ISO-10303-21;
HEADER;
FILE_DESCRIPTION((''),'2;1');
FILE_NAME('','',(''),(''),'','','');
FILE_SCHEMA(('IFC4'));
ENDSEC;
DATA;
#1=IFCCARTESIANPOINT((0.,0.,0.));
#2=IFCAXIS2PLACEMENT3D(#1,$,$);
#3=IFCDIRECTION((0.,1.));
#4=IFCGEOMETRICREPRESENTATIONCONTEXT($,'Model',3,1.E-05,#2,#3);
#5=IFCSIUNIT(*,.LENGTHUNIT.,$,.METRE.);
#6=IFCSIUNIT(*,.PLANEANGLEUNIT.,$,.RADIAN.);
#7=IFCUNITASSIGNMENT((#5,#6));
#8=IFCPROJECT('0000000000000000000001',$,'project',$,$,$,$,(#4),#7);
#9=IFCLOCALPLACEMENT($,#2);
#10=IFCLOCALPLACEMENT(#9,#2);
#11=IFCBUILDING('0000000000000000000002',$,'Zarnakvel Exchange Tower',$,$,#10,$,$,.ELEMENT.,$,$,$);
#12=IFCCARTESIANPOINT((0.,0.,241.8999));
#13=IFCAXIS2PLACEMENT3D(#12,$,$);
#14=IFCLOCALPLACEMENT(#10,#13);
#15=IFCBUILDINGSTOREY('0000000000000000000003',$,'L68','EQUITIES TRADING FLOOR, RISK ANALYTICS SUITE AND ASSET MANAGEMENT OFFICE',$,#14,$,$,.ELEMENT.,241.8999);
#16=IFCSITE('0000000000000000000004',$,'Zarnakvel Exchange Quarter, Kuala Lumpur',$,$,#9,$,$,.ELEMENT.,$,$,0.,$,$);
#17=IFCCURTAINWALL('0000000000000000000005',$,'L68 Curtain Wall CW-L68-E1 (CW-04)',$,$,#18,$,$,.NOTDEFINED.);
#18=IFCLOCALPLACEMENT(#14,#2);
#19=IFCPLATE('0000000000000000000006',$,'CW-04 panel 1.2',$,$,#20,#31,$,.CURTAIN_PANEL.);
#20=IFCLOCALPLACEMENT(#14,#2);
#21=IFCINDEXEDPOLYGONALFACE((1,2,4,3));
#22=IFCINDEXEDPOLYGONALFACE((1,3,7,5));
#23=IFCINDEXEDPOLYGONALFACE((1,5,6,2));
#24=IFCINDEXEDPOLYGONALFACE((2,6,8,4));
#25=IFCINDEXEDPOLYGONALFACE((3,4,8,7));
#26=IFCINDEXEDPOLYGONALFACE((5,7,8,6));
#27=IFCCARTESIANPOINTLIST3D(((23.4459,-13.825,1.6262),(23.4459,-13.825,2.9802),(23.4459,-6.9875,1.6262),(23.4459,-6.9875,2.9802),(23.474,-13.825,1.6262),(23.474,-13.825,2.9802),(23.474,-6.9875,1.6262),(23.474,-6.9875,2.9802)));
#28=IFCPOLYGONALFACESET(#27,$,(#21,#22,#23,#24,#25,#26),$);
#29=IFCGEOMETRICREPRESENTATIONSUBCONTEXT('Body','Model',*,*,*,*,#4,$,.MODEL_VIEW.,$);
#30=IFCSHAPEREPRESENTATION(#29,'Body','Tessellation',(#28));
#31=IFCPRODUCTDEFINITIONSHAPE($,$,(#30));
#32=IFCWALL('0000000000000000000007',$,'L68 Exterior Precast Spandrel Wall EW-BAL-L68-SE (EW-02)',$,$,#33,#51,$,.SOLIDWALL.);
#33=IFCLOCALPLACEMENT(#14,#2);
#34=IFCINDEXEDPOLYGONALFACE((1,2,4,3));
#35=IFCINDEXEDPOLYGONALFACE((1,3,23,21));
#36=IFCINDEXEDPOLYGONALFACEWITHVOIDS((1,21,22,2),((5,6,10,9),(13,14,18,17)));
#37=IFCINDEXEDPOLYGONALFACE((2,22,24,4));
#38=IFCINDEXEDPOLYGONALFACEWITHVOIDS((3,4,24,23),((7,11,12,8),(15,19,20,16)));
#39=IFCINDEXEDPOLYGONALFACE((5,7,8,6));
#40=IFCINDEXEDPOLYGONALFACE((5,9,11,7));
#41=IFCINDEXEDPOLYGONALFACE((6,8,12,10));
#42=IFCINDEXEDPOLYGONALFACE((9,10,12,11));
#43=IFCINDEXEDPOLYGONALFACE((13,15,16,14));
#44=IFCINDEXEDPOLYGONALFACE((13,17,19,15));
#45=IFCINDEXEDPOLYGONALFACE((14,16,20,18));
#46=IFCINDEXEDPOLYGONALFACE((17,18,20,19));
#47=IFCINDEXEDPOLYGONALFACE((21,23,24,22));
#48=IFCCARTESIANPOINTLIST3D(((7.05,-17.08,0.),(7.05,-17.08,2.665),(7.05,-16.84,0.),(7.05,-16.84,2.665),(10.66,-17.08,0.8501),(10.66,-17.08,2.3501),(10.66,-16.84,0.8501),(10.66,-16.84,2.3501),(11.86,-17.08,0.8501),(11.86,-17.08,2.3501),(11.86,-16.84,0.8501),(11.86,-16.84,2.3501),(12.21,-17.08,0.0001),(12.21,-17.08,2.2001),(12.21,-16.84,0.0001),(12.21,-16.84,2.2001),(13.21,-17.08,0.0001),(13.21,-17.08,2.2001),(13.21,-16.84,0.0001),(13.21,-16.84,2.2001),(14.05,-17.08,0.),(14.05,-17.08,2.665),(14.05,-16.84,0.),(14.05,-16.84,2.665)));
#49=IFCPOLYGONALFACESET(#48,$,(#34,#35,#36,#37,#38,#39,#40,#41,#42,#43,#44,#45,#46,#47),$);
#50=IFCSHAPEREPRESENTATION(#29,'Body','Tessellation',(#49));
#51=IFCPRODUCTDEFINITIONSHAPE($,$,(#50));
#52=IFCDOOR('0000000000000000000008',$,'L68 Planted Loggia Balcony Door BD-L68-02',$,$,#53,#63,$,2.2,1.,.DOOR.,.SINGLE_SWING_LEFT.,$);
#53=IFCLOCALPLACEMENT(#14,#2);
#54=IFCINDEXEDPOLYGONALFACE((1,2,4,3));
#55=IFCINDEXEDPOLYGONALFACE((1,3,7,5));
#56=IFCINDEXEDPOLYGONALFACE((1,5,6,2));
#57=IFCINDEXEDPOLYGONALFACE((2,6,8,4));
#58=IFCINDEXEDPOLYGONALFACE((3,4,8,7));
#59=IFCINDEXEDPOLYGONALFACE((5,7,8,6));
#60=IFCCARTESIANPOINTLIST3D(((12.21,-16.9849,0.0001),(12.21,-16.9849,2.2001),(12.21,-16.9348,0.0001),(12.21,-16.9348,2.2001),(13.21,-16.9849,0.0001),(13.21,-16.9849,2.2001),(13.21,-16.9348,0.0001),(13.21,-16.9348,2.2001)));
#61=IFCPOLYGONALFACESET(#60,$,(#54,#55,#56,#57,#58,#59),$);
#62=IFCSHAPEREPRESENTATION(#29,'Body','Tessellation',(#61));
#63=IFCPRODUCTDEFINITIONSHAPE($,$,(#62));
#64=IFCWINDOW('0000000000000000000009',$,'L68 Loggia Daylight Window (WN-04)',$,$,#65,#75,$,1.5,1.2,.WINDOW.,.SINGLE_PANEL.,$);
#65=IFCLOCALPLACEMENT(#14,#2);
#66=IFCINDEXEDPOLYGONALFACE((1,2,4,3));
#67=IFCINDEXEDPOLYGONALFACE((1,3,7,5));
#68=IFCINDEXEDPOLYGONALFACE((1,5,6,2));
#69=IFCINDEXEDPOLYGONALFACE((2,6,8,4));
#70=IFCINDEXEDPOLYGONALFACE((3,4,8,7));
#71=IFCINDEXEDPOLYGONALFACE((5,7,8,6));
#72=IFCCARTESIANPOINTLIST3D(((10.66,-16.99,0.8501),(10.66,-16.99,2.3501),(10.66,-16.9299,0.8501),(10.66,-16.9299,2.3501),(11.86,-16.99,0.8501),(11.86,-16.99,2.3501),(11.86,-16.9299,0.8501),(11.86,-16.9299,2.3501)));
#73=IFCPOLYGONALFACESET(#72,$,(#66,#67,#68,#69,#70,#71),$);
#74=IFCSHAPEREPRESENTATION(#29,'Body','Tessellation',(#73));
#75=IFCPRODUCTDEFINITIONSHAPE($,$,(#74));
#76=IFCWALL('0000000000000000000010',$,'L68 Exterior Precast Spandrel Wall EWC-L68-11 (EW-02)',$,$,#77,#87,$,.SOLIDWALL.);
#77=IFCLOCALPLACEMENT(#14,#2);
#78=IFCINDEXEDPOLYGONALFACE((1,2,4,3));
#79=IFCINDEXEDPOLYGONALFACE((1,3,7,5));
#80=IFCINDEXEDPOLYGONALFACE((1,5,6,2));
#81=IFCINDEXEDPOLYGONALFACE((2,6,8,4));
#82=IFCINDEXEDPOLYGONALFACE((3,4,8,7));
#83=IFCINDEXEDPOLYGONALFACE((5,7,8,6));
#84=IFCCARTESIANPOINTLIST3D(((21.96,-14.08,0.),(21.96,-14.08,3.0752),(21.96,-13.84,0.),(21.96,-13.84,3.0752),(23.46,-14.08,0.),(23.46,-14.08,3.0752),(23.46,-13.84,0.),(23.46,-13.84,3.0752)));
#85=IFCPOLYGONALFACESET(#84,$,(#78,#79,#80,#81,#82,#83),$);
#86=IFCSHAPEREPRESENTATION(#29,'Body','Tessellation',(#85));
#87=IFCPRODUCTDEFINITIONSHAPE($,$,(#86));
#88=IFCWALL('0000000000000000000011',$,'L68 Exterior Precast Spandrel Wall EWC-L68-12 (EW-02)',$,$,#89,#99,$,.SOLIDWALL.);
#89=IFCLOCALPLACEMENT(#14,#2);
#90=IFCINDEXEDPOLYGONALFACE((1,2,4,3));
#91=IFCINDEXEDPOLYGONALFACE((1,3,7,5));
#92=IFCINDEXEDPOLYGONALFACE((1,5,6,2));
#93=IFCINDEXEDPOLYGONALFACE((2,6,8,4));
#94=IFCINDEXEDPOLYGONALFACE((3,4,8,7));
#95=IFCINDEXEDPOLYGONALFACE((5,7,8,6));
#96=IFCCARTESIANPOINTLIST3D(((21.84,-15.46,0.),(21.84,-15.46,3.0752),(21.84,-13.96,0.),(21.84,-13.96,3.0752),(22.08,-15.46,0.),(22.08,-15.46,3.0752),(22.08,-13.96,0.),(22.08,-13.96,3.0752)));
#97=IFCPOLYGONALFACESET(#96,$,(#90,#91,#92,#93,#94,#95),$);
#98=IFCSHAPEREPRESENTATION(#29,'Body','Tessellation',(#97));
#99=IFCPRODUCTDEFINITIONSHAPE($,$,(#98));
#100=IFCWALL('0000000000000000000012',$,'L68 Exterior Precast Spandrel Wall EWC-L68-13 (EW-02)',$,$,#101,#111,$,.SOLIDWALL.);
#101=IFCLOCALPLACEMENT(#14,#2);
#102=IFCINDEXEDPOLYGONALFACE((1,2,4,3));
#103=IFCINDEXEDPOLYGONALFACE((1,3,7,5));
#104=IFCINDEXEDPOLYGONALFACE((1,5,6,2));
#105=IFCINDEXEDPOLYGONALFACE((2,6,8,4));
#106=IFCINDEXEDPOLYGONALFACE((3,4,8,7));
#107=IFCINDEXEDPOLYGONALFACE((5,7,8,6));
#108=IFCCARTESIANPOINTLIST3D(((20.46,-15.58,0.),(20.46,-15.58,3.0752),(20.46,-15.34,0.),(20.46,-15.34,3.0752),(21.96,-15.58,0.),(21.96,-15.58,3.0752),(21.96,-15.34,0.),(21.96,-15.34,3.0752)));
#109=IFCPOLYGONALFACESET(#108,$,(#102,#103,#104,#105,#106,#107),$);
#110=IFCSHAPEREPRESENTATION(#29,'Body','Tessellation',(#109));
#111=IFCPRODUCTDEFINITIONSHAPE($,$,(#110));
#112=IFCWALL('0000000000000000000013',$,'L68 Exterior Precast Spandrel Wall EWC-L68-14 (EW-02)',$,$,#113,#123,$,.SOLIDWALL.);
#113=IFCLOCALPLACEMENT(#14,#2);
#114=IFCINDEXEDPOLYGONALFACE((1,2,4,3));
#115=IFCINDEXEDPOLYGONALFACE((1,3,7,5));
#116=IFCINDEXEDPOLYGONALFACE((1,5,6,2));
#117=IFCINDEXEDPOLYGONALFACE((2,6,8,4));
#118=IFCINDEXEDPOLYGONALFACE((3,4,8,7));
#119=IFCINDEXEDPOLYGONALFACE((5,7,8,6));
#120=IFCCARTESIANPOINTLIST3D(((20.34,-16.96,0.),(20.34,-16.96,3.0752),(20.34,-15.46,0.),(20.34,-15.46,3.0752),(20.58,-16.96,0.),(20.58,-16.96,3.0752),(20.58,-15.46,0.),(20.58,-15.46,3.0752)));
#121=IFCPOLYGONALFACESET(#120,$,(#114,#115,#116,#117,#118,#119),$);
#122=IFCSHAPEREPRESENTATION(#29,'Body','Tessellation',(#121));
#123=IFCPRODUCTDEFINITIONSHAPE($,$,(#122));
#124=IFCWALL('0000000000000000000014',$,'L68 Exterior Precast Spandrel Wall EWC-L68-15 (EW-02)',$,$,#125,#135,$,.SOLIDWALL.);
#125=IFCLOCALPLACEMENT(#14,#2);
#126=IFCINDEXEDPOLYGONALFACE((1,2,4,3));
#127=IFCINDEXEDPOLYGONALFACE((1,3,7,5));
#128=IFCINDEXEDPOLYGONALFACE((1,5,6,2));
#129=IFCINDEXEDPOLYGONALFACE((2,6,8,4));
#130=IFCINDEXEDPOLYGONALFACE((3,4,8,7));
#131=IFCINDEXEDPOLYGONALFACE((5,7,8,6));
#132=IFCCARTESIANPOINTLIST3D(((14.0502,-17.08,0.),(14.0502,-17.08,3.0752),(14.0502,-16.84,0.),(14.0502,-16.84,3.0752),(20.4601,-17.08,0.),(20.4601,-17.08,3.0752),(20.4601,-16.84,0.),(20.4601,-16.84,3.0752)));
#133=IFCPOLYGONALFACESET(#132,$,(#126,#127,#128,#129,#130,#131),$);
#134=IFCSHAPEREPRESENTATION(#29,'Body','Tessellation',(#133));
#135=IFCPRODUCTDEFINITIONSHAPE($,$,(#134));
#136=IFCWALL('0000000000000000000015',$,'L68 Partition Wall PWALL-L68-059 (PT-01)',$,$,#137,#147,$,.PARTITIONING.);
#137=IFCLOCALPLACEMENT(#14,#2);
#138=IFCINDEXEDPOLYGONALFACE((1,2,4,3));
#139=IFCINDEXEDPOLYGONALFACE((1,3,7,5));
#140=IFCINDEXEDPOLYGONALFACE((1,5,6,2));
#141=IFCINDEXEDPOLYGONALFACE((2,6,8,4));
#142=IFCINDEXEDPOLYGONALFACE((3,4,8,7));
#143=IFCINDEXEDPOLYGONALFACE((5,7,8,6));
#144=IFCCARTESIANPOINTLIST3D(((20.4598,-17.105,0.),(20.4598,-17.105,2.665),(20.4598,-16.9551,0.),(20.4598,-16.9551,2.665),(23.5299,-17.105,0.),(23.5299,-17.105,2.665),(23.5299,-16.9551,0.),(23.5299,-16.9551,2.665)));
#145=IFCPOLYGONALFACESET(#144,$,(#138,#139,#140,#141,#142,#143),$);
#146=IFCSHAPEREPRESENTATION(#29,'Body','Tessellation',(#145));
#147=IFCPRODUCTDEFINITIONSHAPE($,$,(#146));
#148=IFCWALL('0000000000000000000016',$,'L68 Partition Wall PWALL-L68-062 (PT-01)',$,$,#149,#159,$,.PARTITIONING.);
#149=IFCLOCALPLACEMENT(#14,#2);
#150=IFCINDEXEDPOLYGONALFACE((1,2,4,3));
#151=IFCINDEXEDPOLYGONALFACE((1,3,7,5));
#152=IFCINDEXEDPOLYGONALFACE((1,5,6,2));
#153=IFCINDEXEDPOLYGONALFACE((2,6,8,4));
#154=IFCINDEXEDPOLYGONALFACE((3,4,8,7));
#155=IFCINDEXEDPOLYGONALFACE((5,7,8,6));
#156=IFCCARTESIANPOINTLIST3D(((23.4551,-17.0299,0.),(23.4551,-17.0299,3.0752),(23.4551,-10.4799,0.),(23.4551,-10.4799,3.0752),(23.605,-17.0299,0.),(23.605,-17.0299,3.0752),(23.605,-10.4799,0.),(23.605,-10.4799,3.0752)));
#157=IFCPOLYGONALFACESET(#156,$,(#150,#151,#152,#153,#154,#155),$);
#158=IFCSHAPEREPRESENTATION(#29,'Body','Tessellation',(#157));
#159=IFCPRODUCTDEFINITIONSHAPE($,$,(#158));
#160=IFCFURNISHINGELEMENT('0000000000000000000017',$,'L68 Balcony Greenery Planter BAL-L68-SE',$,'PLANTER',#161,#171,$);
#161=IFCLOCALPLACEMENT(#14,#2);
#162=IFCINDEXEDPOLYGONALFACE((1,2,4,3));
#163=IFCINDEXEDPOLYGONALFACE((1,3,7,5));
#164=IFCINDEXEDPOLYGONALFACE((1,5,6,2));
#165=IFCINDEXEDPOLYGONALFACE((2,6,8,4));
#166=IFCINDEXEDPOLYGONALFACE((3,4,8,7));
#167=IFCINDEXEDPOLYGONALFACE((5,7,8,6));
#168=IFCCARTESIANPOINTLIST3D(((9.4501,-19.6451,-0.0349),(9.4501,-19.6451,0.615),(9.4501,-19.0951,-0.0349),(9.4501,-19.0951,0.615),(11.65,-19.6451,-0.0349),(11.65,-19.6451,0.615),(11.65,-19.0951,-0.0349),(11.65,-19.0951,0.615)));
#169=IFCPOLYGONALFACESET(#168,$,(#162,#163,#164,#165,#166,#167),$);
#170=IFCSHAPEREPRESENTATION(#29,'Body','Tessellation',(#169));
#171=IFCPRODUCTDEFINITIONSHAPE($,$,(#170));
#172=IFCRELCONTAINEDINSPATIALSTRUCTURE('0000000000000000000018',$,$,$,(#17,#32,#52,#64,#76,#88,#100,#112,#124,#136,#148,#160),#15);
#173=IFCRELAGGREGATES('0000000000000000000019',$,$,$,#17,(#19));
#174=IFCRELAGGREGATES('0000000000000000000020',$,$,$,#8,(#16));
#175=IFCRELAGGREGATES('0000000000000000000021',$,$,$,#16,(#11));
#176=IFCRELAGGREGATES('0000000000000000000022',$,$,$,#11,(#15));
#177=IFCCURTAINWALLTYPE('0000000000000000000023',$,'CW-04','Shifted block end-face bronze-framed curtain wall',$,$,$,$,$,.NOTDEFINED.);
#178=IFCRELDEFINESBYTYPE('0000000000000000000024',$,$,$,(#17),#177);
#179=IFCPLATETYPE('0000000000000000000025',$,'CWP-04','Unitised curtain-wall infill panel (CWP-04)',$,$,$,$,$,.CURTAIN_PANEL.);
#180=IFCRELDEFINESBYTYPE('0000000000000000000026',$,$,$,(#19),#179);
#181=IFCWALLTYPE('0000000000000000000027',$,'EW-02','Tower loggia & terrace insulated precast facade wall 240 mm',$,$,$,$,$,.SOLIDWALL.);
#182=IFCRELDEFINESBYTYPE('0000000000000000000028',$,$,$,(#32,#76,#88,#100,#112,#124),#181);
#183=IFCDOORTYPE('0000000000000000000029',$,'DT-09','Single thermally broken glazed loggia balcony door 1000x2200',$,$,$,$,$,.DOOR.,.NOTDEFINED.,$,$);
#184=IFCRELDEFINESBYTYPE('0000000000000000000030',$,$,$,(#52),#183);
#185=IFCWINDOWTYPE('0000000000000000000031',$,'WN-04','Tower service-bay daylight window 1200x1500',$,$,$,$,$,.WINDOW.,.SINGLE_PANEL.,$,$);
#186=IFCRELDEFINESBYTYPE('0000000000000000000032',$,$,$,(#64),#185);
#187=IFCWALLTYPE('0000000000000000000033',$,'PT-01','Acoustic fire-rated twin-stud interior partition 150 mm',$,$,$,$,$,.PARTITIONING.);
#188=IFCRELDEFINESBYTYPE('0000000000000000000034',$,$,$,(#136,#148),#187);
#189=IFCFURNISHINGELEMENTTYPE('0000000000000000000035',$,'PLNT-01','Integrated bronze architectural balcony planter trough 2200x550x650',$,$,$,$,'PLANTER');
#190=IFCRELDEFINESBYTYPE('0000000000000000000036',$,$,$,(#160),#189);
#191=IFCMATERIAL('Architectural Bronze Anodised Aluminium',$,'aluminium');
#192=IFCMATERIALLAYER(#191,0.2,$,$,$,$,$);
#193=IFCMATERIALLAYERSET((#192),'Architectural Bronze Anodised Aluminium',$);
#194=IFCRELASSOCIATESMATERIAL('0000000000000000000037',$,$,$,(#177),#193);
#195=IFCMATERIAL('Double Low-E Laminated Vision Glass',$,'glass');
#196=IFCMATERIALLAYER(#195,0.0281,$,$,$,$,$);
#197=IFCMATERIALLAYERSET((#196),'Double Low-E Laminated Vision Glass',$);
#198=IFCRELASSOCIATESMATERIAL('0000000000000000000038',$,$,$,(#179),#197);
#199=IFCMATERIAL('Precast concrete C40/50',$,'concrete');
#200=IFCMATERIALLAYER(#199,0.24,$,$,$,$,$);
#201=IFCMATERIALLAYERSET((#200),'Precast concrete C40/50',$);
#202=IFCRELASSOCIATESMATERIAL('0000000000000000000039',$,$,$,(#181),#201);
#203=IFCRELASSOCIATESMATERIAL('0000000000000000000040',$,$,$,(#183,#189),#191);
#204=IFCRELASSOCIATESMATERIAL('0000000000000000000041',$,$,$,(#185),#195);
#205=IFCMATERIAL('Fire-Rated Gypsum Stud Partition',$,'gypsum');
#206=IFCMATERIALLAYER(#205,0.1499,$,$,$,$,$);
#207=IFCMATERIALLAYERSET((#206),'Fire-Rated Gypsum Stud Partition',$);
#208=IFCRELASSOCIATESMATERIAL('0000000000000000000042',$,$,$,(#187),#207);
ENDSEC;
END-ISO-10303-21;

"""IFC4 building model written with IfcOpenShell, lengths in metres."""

from ifc_helpers import new_model, si_unit, direction, frame, frame_2d, origin, origin_2d, place, context, subcontext, project, spatial, rectangle, extrude, source, transform, mapped, material, layer, layer_set, type_object, element, fill, aggregate, save


model = new_model("IFC4")

# Units and contexts
model_context = context("Model", 3, precision=1e-05, world=origin(), true_north=direction((0.0, 1.0)))
body_context = subcontext(model_context, "Body", "Model", "MODEL_VIEW")
ifc_project = project(units=[si_unit("LENGTHUNIT", "METRE"), si_unit("PLANEANGLEUNIT", "RADIAN")], contexts=[model_context])

# Site, building, storey
site_placement = place(None, origin())
site = spatial("IfcSite", under=ifc_project, at=site_placement, Name="Zarnakvel Exchange Quarter, Kuala Lumpur", CompositionType="ELEMENT", RefElevation=0.0)
building_placement = place(site_placement, origin())
building = spatial("IfcBuilding", under=site, at=building_placement, Name="Zarnakvel Exchange Tower", CompositionType="ELEMENT")
storey_placement = place(building_placement, frame((0.0, 0.0, 241.8999)))
storey = spatial("IfcBuildingStorey", under=building, at=storey_placement, Name="L68", Description="EQUITIES TRADING FLOOR, RISK ANALYTICS SUITE AND ASSET MANAGEMENT OFFICE", CompositionType="ELEMENT", Elevation=241.8999)

# Curtain wall, plate
ifc_material_1 = material(Name="Architectural Bronze Anodised Aluminium", Category="aluminium")
ifc_layer_1 = layer(ifc_material_1, 0.2)
ifc_layer_set_1 = layer_set([ifc_layer_1], Name="Architectural Bronze Anodised Aluminium")
curtain_wall_type = type_object("IfcCurtainWallType", Name="CW-04", Description="Shifted block end-face bronze-framed curtain wall", PredefinedType="NOTDEFINED", material=ifc_layer_set_1)
curtain_wall_placement = place(storey_placement, origin())
curtain_wall = element("IfcCurtainWall", 1, at=curtain_wall_placement, inside=storey, type_object=curtain_wall_type, Name="L68 Curtain Wall CW-L68-E1 (CW-04)", PredefinedType="NOTDEFINED")
ifc_material_2 = material(Name="Double Low-E Laminated Vision Glass", Category="glass")
ifc_layer_2 = layer(ifc_material_2, 0.0281)
ifc_layer_set_2 = layer_set([ifc_layer_2], Name="Double Low-E Laminated Vision Glass")
plate_type = type_object("IfcPlateType", Name="CWP-04", Description="Unitised curtain-wall infill panel (CWP-04)", PredefinedType="CURTAIN_PANEL", material=ifc_layer_set_2)
shared_shape_1 = source(origin(), body_context, "Body", "SweptSolid", [
    extrude(rectangle(XDim=6.8374, YDim=0.0281, at=origin_2d()), origin(), (0.0, 0.0, 1.0), 1.354),
])
plate_1_placement = place(storey_placement, frame((23.46, -10.4062, 1.6262), z_axis=(0.0, 0.0, 1.0), x_axis=(0.0, 1.0, 0.0)))
plate_1 = element("IfcPlate", 2, at=plate_1_placement, type_object=plate_type, Name="CW-04 panel 1.2", PredefinedType="CURTAIN_PANEL", context=body_context, shape_type="MappedRepresentation", body=[
    mapped(shared_shape_1, transform((0.0, 0.0, 0.0), x_axis=(1.0, 0.0, 0.0), y_axis=(0.0, 1.0, 0.0), z_axis=(0.0, 0.0, 1.0), scale=1.0)),
])
aggregate(curtain_wall, [plate_1])

# Wall, openings, door, window
ifc_material_3 = material(Name="Precast concrete C40/50", Category="concrete")
ifc_layer_3 = layer(ifc_material_3, 0.24)
ifc_layer_set_3 = layer_set([ifc_layer_3], Name="Precast concrete C40/50")
wall_type_1 = type_object("IfcWallType", Name="EW-02", Description="Tower loggia & terrace insulated precast facade wall 240 mm", PredefinedType="SOLIDWALL", material=ifc_layer_set_3)
wall_1_placement = place(storey_placement, frame((14.05, -16.96, 0.0), z_axis=(0.0, 0.0, 1.0), x_axis=(-1.0, 0.0, 0.0)))
wall_1 = element("IfcWall", 3, at=wall_1_placement, inside=storey, type_object=wall_type_1, Name="L68 Exterior Precast Spandrel Wall EW-BAL-L68-SE (EW-02)", PredefinedType="SOLIDWALL", context=body_context, shape_type="SweptSolid", body=[
    extrude(rectangle(XDim=7.0, YDim=0.24, at=frame_2d((3.5, 0.0))), origin(), (0.0, 0.0, 1.0), 2.665),
])
opening_1_placement = place(wall_1_placement, frame((0.8401, 0.0, 0.0)))
opening_1 = element("IfcOpeningElement", 4, at=opening_1_placement, cuts=wall_1, PredefinedType="OPENING", context=body_context, shape_type="SweptSolid", body=[
    extrude(rectangle(XDim=1.0, YDim=2.2, at=frame_2d((0.5, 1.1001))), frame((0.0, 0.1299, 0.0), z_axis=(0.0, -1.0, 0.0), x_axis=(1.0, 0.0, 0.0)), (0.0, 0.0, 1.0), 0.26),
])
opening_2_placement = place(wall_1_placement, frame((2.1899, 0.0, 0.8501)))
opening_2 = element("IfcOpeningElement", 5, at=opening_2_placement, cuts=wall_1, PredefinedType="OPENING", context=body_context, shape_type="SweptSolid", body=[
    extrude(rectangle(XDim=1.2, YDim=1.5, at=frame_2d((0.6001, 0.75))), frame((0.0, 0.1299, 0.0), z_axis=(0.0, -1.0, 0.0), x_axis=(1.0, 0.0, 0.0)), (0.0, 0.0, 1.0), 0.26),
])
door_type = type_object("IfcDoorType", Name="DT-09", Description="Single thermally broken glazed loggia balcony door 1000x2200", OperationType="NOTDEFINED", PredefinedType="DOOR", material=ifc_material_1)
shared_shape_2 = source(origin(), body_context, "Body", "SweptSolid", [
    extrude(rectangle(XDim=1.0, YDim=2.2, at=frame_2d((0.5, 1.1001))), frame((0.0, 0.0249, 0.0), z_axis=(0.0, -1.0, 0.0), x_axis=(1.0, 0.0, 0.0)), (0.0, 0.0, 1.0), 0.05),
])
door_placement = place(opening_1_placement, origin())
door = element("IfcDoor", 6, at=door_placement, inside=storey, type_object=door_type, Name="L68 Planted Loggia Balcony Door BD-L68-02", OperationType="SINGLE_SWING_LEFT", OverallHeight=2.2, OverallWidth=1.0, PredefinedType="DOOR", context=body_context, shape_type="MappedRepresentation", body=[
    mapped(shared_shape_2, transform((0.0, 0.0, 0.0), x_axis=(1.0, 0.0, 0.0), y_axis=(0.0, 1.0, 0.0), z_axis=(0.0, 0.0, 1.0), scale=1.0)),
])
fill(opening_1, door)
window_type = type_object("IfcWindowType", Name="WN-04", Description="Tower service-bay daylight window 1200x1500", PartitioningType="SINGLE_PANEL", PredefinedType="WINDOW", material=ifc_material_2)
shared_shape_3 = source(origin(), body_context, "Body", "SweptSolid", [
    extrude(rectangle(XDim=1.2, YDim=1.5, at=frame_2d((0.6001, 0.75))), frame((0.0, 0.03, 0.0), z_axis=(0.0, -1.0, 0.0), x_axis=(1.0, 0.0, 0.0)), (0.0, 0.0, 1.0), 0.0601),
])
window_placement = place(opening_2_placement, origin())
window = element("IfcWindow", 7, at=window_placement, inside=storey, type_object=window_type, Name="L68 Loggia Daylight Window (WN-04)", OverallHeight=1.5, OverallWidth=1.2, PartitioningType="SINGLE_PANEL", PredefinedType="WINDOW", context=body_context, shape_type="MappedRepresentation", body=[
    mapped(shared_shape_3, transform((0.0, 0.0, 0.0), x_axis=(1.0, 0.0, 0.0), y_axis=(0.0, 1.0, 0.0), z_axis=(0.0, 0.0, 1.0), scale=1.0)),
])
fill(opening_2, window)

# Walls
for number, where, z_axis, x_axis, name in (
    (8, (21.96, -13.96, 0.0), (0.0, 0.0, 1.0), (1.0, 0.0, 0.0), "L68 Exterior Precast Spandrel Wall EWC-L68-11 (EW-02)"),
    (9, (21.96, -15.46, 0.0), (0.0, 0.0, 1.0), (0.0, 1.0, 0.0), "L68 Exterior Precast Spandrel Wall EWC-L68-12 (EW-02)"),
    (10, (20.46, -15.46, 0.0), (0.0, 0.0, 1.0), (1.0, 0.0, 0.0), "L68 Exterior Precast Spandrel Wall EWC-L68-13 (EW-02)"),
    (11, (20.46, -16.96, 0.0), (0.0, 0.0, 1.0), (0.0, 1.0, 0.0), "L68 Exterior Precast Spandrel Wall EWC-L68-14 (EW-02)"),
):
    element("IfcWall", number, at=place(storey_placement, frame(where, z_axis=z_axis, x_axis=x_axis)), inside=storey, type_object=wall_type_1, Name=name, PredefinedType="SOLIDWALL", context=body_context, shape_type="SweptSolid", body=[
        extrude(rectangle(XDim=1.5, YDim=0.24, at=frame_2d((0.75, 0.0))), origin(), (0.0, 0.0, 1.0), 3.0752),
    ])
wall_2_placement = place(storey_placement, frame((14.05, -16.96, 0.0), z_axis=(0.0, 0.0, 1.0), x_axis=(1.0, 0.0, 0.0)))
element("IfcWall", 12, at=wall_2_placement, inside=storey, type_object=wall_type_1, Name="L68 Exterior Precast Spandrel Wall EWC-L68-15 (EW-02)", PredefinedType="SOLIDWALL", context=body_context, shape_type="SweptSolid", body=[
    extrude(rectangle(XDim=6.4099, YDim=0.24, at=frame_2d((3.2051, 0.0))), origin(), (0.0, 0.0, 1.0), 3.0752),
])
ifc_material_4 = material(Name="Fire-Rated Gypsum Stud Partition", Category="gypsum")
ifc_layer_4 = layer(ifc_material_4, 0.1499)
ifc_layer_set_4 = layer_set([ifc_layer_4], Name="Fire-Rated Gypsum Stud Partition")
wall_type_2 = type_object("IfcWallType", Name="PT-01", Description="Acoustic fire-rated twin-stud interior partition 150 mm", PredefinedType="PARTITIONING", material=ifc_layer_set_4)
wall_3_placement = place(storey_placement, frame((23.53, -17.03, 0.0), z_axis=(0.0, 0.0, 1.0), x_axis=(-1.0, 0.0, 0.0)))
element("IfcWall", 13, at=wall_3_placement, inside=storey, type_object=wall_type_2, Name="L68 Partition Wall PWALL-L68-059 (PT-01)", PredefinedType="PARTITIONING", context=body_context, shape_type="SweptSolid", body=[
    extrude(rectangle(XDim=3.0701, YDim=0.1499, at=frame_2d((1.5352, 0.0))), origin(), (0.0, 0.0, 1.0), 2.665),
])
wall_4_placement = place(storey_placement, frame((23.53, -10.48, 0.0), z_axis=(0.0, 0.0, 1.0), x_axis=(0.0, -1.0, 0.0)))
element("IfcWall", 14, at=wall_4_placement, inside=storey, type_object=wall_type_2, Name="L68 Partition Wall PWALL-L68-062 (PT-01)", PredefinedType="PARTITIONING", context=body_context, shape_type="SweptSolid", body=[
    extrude(rectangle(XDim=6.55, YDim=0.1499, at=frame_2d((3.2749, 0.0))), origin(), (0.0, 0.0, 1.0), 3.0752),
])

# Furnishing element
furnishing_element_type = type_object("IfcFurnishingElementType", Name="PLNT-01", Description="Integrated bronze architectural balcony planter trough 2200x550x650", ElementType="PLANTER", material=ifc_material_1)
shared_shape_4 = source(origin(), body_context, "Body", "SweptSolid", [
    extrude(rectangle(XDim=2.2, YDim=0.55, at=origin_2d()), origin(), (0.0, 0.0, 1.0), 0.6499),
])
furnishing_placement = place(storey_placement, frame((10.55, -19.3701, -0.0349), z_axis=(0.0, 0.0, 1.0), x_axis=(1.0, 0.0, 0.0)))
element("IfcFurnishingElement", 15, at=furnishing_placement, inside=storey, type_object=furnishing_element_type, Name="L68 Balcony Greenery Planter BAL-L68-SE", ObjectType="PLANTER", context=body_context, shape_type="MappedRepresentation", body=[
    mapped(shared_shape_4, transform((0.0, 0.0, 0.0), x_axis=(1.0, 0.0, 0.0), y_axis=(0.0, 1.0, 0.0), z_axis=(0.0, 0.0, 1.0), scale=1.0)),
])

save(model, "model.ifc")
